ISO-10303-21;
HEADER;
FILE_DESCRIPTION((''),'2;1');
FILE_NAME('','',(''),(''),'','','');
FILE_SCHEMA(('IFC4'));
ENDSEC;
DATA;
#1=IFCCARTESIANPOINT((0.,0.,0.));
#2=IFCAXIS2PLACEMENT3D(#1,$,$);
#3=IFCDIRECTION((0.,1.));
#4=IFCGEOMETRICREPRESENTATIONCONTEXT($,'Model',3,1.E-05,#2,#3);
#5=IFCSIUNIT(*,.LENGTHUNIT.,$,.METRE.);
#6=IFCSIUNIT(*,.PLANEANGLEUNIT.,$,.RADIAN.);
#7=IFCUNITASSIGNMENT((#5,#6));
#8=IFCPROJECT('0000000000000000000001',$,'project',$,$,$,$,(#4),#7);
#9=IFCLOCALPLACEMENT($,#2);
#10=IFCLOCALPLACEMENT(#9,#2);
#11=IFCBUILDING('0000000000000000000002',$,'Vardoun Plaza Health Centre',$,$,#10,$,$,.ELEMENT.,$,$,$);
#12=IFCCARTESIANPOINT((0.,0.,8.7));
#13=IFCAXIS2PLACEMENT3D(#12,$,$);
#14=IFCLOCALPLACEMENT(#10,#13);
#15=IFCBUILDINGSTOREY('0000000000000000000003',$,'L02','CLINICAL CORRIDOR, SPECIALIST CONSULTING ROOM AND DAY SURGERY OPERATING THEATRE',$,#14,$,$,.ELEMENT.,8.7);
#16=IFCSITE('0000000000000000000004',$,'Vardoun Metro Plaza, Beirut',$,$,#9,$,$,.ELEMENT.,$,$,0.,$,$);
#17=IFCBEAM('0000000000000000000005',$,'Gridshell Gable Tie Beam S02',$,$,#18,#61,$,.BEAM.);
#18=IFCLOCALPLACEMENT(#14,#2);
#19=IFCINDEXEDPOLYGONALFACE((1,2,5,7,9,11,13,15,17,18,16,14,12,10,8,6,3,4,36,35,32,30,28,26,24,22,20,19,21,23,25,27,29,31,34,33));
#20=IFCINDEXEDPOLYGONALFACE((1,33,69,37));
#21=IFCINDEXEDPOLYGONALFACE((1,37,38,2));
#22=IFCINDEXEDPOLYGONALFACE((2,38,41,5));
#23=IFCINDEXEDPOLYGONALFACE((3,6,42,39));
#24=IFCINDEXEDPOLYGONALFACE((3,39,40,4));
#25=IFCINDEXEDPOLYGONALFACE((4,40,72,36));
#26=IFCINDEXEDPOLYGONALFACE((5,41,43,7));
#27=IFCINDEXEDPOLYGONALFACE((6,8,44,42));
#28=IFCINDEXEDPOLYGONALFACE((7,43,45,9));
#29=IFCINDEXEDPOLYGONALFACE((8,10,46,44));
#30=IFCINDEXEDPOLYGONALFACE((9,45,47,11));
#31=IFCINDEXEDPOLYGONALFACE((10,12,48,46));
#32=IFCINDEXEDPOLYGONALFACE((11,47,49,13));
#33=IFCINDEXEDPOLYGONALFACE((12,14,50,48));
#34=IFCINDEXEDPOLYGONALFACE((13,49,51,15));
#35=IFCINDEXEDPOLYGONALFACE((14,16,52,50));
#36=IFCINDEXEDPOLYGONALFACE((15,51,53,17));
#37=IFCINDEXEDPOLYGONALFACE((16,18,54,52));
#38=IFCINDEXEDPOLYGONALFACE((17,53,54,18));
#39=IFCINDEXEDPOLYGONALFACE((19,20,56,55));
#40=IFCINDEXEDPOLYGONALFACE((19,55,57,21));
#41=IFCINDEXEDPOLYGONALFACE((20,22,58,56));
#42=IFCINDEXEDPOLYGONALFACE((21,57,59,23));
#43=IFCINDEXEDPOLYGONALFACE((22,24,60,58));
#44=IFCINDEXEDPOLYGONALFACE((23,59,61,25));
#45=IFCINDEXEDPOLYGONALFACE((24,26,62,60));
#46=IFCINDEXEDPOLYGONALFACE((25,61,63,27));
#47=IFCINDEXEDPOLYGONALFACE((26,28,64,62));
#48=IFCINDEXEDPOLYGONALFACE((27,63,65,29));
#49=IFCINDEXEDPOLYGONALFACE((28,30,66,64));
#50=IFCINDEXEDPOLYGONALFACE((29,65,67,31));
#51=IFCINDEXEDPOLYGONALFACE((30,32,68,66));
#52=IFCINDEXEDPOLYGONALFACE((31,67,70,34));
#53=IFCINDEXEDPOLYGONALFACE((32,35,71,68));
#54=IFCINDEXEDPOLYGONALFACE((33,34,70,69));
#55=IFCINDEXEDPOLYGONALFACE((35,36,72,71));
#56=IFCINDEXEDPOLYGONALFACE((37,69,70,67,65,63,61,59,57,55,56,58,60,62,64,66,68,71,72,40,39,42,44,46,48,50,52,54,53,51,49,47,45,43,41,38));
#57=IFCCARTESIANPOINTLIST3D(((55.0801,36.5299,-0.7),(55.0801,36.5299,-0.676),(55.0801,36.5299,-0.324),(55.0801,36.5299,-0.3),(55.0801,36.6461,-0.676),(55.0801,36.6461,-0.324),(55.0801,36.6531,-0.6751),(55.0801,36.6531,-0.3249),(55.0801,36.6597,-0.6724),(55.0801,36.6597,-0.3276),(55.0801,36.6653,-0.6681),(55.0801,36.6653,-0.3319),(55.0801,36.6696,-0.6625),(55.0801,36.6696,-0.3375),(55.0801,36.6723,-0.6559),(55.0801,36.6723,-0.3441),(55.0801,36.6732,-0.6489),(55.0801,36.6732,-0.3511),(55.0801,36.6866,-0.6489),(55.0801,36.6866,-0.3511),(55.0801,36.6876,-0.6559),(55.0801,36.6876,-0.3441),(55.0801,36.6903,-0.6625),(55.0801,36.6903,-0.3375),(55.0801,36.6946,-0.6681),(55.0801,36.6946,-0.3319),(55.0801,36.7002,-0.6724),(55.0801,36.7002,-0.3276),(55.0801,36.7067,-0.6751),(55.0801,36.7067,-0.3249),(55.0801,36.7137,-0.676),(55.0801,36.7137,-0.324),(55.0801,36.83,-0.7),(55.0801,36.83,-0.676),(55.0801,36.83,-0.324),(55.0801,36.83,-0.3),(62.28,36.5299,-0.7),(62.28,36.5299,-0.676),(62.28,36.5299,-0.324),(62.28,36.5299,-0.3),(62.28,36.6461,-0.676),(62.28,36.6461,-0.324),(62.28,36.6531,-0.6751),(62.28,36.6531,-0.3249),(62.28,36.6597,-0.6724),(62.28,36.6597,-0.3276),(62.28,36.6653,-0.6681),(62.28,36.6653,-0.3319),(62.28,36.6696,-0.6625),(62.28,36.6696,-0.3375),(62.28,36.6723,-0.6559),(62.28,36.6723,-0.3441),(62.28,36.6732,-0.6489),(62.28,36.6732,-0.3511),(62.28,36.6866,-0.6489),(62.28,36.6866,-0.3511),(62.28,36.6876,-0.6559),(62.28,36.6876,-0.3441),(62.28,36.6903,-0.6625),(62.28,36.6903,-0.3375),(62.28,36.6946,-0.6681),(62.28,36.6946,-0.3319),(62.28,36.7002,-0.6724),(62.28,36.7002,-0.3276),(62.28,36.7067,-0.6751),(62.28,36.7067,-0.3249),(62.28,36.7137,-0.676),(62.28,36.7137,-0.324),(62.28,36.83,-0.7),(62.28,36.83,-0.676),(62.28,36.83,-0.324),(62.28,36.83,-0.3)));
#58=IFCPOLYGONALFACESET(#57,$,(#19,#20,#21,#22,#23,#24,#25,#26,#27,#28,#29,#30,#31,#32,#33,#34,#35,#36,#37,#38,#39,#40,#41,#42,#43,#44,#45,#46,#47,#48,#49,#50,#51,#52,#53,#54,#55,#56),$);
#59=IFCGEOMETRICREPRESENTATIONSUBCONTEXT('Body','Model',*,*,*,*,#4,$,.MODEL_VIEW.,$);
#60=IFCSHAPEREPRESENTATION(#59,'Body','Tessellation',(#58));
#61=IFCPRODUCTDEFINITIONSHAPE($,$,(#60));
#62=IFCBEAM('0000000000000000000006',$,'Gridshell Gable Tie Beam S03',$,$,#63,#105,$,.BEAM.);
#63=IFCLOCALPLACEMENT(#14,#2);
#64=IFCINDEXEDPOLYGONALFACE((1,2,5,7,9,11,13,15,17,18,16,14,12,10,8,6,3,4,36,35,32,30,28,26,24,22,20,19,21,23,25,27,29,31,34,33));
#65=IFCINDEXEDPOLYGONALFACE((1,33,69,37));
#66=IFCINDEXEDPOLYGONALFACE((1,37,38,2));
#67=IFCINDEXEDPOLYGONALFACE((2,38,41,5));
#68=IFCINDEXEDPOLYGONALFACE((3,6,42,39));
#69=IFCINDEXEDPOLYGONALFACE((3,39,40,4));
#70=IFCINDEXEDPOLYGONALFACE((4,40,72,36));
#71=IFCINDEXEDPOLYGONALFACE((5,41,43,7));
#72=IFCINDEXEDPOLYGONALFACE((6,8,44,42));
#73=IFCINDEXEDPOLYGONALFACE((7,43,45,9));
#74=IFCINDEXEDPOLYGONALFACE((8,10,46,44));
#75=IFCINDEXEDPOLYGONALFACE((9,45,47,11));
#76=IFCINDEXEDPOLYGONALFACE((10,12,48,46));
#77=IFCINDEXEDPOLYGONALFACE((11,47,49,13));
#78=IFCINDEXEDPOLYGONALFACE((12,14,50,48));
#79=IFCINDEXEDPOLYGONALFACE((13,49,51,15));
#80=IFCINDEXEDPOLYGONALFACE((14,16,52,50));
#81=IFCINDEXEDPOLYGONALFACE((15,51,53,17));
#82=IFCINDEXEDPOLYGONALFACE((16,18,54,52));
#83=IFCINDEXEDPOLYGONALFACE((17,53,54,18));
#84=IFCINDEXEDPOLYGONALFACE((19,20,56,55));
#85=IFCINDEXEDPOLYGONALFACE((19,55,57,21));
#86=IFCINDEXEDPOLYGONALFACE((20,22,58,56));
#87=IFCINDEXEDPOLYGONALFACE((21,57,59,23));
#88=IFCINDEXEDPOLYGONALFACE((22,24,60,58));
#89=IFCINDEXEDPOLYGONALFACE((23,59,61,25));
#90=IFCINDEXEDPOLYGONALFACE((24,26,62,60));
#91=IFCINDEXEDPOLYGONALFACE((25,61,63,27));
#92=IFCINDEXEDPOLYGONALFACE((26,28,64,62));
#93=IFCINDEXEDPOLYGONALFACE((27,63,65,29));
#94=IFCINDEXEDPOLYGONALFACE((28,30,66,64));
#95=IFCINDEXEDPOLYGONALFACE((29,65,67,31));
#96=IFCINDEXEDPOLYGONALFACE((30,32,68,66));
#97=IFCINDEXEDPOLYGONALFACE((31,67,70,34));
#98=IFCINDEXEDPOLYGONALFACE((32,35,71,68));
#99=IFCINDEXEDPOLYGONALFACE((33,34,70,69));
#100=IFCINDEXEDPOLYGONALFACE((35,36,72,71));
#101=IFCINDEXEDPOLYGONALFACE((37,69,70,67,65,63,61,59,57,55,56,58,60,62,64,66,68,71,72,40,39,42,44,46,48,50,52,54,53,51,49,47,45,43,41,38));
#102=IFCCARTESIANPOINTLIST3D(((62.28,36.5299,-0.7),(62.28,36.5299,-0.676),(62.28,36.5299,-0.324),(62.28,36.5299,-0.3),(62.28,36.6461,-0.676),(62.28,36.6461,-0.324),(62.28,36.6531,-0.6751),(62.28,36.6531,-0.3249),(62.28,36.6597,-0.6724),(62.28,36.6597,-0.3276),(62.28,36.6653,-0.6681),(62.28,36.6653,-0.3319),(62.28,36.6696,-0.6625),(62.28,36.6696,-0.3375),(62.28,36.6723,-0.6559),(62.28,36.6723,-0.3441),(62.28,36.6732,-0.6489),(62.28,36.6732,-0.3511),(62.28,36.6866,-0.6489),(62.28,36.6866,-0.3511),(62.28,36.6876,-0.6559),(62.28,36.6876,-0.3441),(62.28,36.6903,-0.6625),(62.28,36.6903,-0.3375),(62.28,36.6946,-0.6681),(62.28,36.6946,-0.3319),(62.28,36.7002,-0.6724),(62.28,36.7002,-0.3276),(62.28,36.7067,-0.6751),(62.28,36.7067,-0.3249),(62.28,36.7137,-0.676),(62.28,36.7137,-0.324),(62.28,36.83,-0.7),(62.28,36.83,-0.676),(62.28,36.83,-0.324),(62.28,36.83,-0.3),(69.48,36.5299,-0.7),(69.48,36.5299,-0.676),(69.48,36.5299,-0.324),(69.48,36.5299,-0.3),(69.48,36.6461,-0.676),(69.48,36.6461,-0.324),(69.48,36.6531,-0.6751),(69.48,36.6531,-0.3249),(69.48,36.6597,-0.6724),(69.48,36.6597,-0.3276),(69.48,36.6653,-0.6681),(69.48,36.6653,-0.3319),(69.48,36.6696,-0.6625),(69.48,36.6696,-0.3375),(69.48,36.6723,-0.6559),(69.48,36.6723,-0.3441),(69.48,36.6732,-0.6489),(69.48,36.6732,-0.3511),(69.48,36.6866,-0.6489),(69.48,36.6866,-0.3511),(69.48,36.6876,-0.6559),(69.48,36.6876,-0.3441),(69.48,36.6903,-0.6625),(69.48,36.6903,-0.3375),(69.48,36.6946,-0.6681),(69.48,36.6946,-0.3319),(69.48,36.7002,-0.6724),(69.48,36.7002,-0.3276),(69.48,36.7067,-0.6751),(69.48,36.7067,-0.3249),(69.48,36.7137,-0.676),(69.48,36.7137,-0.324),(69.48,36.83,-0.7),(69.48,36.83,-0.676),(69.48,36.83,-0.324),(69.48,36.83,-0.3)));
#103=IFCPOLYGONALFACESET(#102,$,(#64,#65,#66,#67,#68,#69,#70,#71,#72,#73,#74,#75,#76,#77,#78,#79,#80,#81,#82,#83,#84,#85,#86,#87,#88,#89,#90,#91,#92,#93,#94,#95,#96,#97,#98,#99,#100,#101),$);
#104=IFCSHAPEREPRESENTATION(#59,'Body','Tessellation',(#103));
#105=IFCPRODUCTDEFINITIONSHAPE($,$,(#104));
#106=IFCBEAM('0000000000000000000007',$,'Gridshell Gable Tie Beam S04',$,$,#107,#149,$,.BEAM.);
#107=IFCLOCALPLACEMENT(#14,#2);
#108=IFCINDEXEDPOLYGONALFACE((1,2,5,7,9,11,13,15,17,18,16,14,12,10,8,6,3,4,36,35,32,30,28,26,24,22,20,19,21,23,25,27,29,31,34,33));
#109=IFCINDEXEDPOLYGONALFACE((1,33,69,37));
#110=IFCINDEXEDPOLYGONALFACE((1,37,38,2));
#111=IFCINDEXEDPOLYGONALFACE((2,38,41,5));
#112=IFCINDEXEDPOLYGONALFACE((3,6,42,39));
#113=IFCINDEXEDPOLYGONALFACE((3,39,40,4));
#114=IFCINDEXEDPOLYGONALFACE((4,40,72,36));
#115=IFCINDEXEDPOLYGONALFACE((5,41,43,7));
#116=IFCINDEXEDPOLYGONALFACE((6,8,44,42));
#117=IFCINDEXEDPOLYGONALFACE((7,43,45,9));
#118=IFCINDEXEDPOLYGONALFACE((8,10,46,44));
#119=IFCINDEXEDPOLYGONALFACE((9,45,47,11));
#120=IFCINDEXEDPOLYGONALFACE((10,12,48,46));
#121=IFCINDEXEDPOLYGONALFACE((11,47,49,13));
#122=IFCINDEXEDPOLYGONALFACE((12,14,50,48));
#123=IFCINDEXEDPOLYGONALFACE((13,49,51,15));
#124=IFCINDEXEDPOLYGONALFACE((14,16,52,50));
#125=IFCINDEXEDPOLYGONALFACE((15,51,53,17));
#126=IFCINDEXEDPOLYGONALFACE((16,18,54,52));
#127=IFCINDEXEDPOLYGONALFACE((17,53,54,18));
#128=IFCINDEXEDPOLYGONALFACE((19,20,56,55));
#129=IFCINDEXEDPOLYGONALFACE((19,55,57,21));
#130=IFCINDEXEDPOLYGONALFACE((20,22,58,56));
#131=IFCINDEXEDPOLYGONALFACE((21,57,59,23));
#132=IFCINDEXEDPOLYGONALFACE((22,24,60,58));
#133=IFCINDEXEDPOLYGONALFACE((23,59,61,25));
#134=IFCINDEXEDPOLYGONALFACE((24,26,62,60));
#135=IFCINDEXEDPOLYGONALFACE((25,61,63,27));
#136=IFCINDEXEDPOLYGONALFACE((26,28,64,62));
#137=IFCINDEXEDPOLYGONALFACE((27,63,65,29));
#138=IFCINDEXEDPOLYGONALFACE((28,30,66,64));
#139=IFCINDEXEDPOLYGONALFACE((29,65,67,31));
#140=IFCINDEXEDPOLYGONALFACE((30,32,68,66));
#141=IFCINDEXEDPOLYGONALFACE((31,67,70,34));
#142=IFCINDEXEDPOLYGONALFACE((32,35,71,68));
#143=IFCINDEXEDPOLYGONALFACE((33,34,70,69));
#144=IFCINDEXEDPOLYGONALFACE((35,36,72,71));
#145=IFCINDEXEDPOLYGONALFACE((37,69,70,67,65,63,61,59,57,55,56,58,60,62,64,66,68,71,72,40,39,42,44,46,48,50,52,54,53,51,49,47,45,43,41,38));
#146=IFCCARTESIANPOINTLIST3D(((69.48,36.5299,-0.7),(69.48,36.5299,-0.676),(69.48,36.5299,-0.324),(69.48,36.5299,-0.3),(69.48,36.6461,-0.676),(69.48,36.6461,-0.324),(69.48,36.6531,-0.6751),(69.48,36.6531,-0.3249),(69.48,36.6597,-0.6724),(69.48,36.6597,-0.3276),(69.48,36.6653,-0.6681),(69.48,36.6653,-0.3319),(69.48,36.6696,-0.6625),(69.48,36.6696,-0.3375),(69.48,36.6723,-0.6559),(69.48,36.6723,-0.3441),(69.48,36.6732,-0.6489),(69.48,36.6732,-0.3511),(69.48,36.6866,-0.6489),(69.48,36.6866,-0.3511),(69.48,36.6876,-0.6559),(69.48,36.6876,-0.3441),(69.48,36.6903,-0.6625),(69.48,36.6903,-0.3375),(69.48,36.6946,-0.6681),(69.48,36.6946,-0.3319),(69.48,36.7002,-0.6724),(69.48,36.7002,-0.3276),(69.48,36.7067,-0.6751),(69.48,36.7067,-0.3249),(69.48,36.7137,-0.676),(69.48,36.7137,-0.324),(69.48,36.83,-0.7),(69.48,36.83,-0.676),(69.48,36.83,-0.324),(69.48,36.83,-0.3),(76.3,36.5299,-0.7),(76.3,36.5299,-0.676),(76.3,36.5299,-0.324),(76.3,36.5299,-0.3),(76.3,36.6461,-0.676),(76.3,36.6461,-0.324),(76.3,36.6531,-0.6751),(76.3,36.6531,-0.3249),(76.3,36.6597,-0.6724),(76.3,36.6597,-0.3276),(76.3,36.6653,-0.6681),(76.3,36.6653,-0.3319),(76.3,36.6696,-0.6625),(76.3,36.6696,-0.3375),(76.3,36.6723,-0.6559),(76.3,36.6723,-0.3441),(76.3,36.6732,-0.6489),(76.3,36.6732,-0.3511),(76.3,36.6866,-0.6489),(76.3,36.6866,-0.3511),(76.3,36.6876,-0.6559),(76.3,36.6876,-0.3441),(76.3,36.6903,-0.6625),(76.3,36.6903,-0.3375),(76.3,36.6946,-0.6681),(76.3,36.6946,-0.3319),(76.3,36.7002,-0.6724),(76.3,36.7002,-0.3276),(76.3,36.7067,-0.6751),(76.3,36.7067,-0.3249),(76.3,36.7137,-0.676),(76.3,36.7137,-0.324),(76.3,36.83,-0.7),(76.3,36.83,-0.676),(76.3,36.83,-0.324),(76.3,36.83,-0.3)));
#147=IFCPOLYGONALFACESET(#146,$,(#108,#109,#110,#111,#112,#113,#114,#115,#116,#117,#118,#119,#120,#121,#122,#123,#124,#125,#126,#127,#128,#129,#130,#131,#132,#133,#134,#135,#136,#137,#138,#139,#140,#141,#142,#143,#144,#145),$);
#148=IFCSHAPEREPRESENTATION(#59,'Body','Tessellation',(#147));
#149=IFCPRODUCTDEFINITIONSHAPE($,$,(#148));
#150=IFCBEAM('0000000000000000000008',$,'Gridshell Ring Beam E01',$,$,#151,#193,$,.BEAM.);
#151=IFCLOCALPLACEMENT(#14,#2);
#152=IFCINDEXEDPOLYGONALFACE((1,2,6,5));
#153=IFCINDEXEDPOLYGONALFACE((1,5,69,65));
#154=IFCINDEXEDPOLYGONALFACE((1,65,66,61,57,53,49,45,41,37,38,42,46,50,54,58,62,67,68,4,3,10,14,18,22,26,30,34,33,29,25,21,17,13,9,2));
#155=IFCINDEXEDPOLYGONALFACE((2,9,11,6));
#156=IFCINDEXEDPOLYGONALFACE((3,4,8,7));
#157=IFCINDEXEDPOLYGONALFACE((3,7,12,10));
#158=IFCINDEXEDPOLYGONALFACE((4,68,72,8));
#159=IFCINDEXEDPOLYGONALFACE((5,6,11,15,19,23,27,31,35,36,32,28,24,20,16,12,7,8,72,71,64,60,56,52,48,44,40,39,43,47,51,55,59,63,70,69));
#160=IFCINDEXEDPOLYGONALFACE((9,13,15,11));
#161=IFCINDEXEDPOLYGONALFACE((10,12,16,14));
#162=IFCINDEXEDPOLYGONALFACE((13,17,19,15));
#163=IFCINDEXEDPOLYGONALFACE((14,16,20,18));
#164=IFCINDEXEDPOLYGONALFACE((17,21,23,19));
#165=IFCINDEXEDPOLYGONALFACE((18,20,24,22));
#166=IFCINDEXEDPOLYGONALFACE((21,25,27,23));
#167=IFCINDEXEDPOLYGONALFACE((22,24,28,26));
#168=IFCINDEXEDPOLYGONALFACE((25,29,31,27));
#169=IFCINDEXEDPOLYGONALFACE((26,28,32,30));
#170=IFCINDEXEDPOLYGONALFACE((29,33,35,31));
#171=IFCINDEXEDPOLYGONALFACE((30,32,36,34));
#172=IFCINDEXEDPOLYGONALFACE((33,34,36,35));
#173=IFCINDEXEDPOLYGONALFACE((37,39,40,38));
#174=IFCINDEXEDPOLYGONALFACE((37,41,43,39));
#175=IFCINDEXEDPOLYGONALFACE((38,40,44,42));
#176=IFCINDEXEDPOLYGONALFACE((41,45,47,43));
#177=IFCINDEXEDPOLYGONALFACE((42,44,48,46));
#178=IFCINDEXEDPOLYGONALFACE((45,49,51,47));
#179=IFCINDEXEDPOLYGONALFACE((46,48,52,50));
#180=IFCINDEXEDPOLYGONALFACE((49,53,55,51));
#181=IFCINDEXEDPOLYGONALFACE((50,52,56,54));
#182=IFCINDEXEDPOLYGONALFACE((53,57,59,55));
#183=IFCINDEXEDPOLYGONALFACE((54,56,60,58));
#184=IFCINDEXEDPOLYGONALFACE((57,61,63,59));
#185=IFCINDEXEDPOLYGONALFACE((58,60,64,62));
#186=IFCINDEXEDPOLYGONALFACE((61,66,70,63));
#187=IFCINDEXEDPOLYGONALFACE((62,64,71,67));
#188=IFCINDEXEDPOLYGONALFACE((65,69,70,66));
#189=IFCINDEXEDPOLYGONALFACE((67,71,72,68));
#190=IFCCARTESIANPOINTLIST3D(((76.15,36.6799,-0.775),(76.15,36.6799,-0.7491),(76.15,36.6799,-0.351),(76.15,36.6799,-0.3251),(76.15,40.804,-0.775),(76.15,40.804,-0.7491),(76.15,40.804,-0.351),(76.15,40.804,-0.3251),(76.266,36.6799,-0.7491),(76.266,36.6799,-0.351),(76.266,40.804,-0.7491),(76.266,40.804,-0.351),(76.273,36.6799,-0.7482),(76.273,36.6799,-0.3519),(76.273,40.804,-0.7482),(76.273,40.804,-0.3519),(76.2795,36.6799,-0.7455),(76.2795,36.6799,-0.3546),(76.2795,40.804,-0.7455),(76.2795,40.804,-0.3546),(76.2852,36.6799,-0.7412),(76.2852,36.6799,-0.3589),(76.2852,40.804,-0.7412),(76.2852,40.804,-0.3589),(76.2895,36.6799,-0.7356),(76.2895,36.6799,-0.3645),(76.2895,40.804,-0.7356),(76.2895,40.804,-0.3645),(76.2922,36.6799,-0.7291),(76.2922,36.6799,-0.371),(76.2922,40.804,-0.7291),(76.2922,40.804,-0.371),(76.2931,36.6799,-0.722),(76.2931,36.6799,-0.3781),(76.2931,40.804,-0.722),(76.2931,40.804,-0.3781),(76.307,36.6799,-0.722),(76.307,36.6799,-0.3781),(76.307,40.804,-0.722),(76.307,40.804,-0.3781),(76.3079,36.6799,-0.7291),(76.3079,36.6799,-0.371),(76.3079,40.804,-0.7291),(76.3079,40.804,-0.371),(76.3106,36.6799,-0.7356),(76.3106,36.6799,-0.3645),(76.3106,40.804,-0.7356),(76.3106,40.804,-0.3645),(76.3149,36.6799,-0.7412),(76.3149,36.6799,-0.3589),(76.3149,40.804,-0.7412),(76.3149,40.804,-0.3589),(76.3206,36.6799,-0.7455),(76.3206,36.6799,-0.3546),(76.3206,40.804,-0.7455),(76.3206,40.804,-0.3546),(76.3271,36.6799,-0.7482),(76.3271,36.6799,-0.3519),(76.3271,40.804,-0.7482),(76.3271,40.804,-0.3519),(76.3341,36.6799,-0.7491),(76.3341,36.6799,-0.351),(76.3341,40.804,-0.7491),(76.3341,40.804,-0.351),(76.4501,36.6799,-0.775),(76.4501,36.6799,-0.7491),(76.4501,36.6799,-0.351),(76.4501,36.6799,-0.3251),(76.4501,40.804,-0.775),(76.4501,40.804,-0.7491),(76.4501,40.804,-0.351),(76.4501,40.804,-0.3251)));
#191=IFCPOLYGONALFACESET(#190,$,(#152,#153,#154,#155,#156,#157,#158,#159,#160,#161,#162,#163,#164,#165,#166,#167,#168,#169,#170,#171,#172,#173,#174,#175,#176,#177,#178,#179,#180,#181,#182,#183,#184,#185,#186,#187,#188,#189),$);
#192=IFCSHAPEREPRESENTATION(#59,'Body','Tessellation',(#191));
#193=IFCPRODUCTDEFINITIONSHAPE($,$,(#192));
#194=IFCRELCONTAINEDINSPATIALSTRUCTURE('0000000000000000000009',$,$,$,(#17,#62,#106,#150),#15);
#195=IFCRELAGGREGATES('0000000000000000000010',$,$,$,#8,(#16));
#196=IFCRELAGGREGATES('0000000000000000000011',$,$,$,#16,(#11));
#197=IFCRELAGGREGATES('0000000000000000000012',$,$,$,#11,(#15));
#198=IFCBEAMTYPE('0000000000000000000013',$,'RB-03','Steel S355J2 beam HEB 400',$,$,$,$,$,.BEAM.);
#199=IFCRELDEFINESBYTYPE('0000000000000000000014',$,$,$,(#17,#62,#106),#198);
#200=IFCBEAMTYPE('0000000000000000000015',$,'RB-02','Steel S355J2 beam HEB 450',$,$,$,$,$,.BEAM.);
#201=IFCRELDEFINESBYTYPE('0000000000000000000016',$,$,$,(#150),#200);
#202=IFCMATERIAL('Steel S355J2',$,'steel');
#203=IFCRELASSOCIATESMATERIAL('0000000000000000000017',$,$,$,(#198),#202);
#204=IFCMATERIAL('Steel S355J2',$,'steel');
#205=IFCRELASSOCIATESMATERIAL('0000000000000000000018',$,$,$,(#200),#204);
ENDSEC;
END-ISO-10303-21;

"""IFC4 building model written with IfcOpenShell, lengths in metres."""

from ifc_helpers import new_model, si_unit, direction, frame, origin, origin_2d, place, context, subcontext, project, spatial, i_section, extrude, material, material_profile, profile_set, type_object, element, save


model = new_model("IFC4")

# Units and contexts
model_context = context("Model", 3, precision=1e-05, world=origin(), true_north=direction((0.0, 1.0)))
body_context = subcontext(model_context, "Body", "Model", "MODEL_VIEW")
ifc_project = project(units=[si_unit("LENGTHUNIT", "METRE"), si_unit("PLANEANGLEUNIT", "RADIAN")], contexts=[model_context])

# Site, building, storey
site_placement = place(None, origin())
site = spatial("IfcSite", under=ifc_project, at=site_placement, Name="Vardoun Metro Plaza, Beirut", CompositionType="ELEMENT", RefElevation=0.0)
building_placement = place(site_placement, origin())
building = spatial("IfcBuilding", under=site, at=building_placement, Name="Vardoun Plaza Health Centre", CompositionType="ELEMENT")
storey_placement = place(building_placement, frame((0.0, 0.0, 8.7)))
storey = spatial("IfcBuildingStorey", under=building, at=storey_placement, Name="L02", Description="CLINICAL CORRIDOR, SPECIALIST CONSULTING ROOM AND DAY SURGERY OPERATING THEATRE", CompositionType="ELEMENT", Elevation=8.7)

# Beams
ifc_material_1 = material(Name="Steel S355J2", Category="steel")
ifc_material_profile_1 = material_profile(ifc_material_1, i_section(OverallWidth=0.3, OverallDepth=0.3999, WebThickness=0.0134, FlangeThickness=0.0239, FilletRadius=0.0271, at=origin_2d()), Name="HEB 400")
ifc_profile_set_1 = profile_set([ifc_material_profile_1], Name="Steel S355J2")
beam_type_1 = type_object("IfcBeamType", Name="RB-03", Description="Steel S355J2 beam HEB 400", PredefinedType="BEAM", material=ifc_profile_set_1)
for number, where, z_axis, x_axis, name in (
    (1, (55.0801, 36.6799, -0.5), (1.0, 0.0, 0.0), (0.0, 1.0, 0.0), "Gridshell Gable Tie Beam S02"),
    (2, (62.28, 36.6799, -0.5), (1.0, 0.0, 0.0), (0.0, 1.0, 0.0), "Gridshell Gable Tie Beam S03"),
):
    element("IfcBeam", number, at=place(storey_placement, frame(where, z_axis=z_axis, x_axis=x_axis)), inside=storey, type_object=beam_type_1, Name=name, PredefinedType="BEAM", context=body_context, shape_type="SweptSolid", body=[
        extrude(i_section(OverallWidth=0.3, OverallDepth=0.3999, WebThickness=0.0134, FlangeThickness=0.0239, FilletRadius=0.0271, at=origin_2d()), origin(), (0.0, 0.0, 1.0), 7.2),
    ])
beam_1_placement = place(storey_placement, frame((69.48, 36.6799, -0.5), z_axis=(1.0, 0.0, 0.0), x_axis=(0.0, 1.0, 0.0)))
element("IfcBeam", 3, at=beam_1_placement, inside=storey, type_object=beam_type_1, Name="Gridshell Gable Tie Beam S04", PredefinedType="BEAM", context=body_context, shape_type="SweptSolid", body=[
    extrude(i_section(OverallWidth=0.3, OverallDepth=0.3999, WebThickness=0.0134, FlangeThickness=0.0239, FilletRadius=0.0271, at=origin_2d()), origin(), (0.0, 0.0, 1.0), 6.8201),
])
ifc_material_2 = material(Name="Steel S355J2", Category="steel")
ifc_material_profile_2 = material_profile(ifc_material_2, i_section(OverallWidth=0.3, OverallDepth=0.45, WebThickness=0.0139, FlangeThickness=0.0259, FilletRadius=0.0271, at=origin_2d()), Name="HEB 450")
ifc_profile_set_2 = profile_set([ifc_material_profile_2], Name="Steel S355J2")
beam_type_2 = type_object("IfcBeamType", Name="RB-02", Description="Steel S355J2 beam HEB 450", PredefinedType="BEAM", material=ifc_profile_set_2)
beam_2_placement = place(storey_placement, frame((76.3, 36.6799, -0.55), z_axis=(0.0, 1.0, 0.0), x_axis=(-1.0, 0.0, 0.0)))
element("IfcBeam", 4, at=beam_2_placement, inside=storey, type_object=beam_type_2, Name="Gridshell Ring Beam E01", PredefinedType="BEAM", context=body_context, shape_type="SweptSolid", body=[
    extrude(i_section(OverallWidth=0.3, OverallDepth=0.45, WebThickness=0.0139, FlangeThickness=0.0259, FilletRadius=0.0271, at=origin_2d()), origin(), (0.0, 0.0, 1.0), 4.124),
])

save(model, "model.ifc")
